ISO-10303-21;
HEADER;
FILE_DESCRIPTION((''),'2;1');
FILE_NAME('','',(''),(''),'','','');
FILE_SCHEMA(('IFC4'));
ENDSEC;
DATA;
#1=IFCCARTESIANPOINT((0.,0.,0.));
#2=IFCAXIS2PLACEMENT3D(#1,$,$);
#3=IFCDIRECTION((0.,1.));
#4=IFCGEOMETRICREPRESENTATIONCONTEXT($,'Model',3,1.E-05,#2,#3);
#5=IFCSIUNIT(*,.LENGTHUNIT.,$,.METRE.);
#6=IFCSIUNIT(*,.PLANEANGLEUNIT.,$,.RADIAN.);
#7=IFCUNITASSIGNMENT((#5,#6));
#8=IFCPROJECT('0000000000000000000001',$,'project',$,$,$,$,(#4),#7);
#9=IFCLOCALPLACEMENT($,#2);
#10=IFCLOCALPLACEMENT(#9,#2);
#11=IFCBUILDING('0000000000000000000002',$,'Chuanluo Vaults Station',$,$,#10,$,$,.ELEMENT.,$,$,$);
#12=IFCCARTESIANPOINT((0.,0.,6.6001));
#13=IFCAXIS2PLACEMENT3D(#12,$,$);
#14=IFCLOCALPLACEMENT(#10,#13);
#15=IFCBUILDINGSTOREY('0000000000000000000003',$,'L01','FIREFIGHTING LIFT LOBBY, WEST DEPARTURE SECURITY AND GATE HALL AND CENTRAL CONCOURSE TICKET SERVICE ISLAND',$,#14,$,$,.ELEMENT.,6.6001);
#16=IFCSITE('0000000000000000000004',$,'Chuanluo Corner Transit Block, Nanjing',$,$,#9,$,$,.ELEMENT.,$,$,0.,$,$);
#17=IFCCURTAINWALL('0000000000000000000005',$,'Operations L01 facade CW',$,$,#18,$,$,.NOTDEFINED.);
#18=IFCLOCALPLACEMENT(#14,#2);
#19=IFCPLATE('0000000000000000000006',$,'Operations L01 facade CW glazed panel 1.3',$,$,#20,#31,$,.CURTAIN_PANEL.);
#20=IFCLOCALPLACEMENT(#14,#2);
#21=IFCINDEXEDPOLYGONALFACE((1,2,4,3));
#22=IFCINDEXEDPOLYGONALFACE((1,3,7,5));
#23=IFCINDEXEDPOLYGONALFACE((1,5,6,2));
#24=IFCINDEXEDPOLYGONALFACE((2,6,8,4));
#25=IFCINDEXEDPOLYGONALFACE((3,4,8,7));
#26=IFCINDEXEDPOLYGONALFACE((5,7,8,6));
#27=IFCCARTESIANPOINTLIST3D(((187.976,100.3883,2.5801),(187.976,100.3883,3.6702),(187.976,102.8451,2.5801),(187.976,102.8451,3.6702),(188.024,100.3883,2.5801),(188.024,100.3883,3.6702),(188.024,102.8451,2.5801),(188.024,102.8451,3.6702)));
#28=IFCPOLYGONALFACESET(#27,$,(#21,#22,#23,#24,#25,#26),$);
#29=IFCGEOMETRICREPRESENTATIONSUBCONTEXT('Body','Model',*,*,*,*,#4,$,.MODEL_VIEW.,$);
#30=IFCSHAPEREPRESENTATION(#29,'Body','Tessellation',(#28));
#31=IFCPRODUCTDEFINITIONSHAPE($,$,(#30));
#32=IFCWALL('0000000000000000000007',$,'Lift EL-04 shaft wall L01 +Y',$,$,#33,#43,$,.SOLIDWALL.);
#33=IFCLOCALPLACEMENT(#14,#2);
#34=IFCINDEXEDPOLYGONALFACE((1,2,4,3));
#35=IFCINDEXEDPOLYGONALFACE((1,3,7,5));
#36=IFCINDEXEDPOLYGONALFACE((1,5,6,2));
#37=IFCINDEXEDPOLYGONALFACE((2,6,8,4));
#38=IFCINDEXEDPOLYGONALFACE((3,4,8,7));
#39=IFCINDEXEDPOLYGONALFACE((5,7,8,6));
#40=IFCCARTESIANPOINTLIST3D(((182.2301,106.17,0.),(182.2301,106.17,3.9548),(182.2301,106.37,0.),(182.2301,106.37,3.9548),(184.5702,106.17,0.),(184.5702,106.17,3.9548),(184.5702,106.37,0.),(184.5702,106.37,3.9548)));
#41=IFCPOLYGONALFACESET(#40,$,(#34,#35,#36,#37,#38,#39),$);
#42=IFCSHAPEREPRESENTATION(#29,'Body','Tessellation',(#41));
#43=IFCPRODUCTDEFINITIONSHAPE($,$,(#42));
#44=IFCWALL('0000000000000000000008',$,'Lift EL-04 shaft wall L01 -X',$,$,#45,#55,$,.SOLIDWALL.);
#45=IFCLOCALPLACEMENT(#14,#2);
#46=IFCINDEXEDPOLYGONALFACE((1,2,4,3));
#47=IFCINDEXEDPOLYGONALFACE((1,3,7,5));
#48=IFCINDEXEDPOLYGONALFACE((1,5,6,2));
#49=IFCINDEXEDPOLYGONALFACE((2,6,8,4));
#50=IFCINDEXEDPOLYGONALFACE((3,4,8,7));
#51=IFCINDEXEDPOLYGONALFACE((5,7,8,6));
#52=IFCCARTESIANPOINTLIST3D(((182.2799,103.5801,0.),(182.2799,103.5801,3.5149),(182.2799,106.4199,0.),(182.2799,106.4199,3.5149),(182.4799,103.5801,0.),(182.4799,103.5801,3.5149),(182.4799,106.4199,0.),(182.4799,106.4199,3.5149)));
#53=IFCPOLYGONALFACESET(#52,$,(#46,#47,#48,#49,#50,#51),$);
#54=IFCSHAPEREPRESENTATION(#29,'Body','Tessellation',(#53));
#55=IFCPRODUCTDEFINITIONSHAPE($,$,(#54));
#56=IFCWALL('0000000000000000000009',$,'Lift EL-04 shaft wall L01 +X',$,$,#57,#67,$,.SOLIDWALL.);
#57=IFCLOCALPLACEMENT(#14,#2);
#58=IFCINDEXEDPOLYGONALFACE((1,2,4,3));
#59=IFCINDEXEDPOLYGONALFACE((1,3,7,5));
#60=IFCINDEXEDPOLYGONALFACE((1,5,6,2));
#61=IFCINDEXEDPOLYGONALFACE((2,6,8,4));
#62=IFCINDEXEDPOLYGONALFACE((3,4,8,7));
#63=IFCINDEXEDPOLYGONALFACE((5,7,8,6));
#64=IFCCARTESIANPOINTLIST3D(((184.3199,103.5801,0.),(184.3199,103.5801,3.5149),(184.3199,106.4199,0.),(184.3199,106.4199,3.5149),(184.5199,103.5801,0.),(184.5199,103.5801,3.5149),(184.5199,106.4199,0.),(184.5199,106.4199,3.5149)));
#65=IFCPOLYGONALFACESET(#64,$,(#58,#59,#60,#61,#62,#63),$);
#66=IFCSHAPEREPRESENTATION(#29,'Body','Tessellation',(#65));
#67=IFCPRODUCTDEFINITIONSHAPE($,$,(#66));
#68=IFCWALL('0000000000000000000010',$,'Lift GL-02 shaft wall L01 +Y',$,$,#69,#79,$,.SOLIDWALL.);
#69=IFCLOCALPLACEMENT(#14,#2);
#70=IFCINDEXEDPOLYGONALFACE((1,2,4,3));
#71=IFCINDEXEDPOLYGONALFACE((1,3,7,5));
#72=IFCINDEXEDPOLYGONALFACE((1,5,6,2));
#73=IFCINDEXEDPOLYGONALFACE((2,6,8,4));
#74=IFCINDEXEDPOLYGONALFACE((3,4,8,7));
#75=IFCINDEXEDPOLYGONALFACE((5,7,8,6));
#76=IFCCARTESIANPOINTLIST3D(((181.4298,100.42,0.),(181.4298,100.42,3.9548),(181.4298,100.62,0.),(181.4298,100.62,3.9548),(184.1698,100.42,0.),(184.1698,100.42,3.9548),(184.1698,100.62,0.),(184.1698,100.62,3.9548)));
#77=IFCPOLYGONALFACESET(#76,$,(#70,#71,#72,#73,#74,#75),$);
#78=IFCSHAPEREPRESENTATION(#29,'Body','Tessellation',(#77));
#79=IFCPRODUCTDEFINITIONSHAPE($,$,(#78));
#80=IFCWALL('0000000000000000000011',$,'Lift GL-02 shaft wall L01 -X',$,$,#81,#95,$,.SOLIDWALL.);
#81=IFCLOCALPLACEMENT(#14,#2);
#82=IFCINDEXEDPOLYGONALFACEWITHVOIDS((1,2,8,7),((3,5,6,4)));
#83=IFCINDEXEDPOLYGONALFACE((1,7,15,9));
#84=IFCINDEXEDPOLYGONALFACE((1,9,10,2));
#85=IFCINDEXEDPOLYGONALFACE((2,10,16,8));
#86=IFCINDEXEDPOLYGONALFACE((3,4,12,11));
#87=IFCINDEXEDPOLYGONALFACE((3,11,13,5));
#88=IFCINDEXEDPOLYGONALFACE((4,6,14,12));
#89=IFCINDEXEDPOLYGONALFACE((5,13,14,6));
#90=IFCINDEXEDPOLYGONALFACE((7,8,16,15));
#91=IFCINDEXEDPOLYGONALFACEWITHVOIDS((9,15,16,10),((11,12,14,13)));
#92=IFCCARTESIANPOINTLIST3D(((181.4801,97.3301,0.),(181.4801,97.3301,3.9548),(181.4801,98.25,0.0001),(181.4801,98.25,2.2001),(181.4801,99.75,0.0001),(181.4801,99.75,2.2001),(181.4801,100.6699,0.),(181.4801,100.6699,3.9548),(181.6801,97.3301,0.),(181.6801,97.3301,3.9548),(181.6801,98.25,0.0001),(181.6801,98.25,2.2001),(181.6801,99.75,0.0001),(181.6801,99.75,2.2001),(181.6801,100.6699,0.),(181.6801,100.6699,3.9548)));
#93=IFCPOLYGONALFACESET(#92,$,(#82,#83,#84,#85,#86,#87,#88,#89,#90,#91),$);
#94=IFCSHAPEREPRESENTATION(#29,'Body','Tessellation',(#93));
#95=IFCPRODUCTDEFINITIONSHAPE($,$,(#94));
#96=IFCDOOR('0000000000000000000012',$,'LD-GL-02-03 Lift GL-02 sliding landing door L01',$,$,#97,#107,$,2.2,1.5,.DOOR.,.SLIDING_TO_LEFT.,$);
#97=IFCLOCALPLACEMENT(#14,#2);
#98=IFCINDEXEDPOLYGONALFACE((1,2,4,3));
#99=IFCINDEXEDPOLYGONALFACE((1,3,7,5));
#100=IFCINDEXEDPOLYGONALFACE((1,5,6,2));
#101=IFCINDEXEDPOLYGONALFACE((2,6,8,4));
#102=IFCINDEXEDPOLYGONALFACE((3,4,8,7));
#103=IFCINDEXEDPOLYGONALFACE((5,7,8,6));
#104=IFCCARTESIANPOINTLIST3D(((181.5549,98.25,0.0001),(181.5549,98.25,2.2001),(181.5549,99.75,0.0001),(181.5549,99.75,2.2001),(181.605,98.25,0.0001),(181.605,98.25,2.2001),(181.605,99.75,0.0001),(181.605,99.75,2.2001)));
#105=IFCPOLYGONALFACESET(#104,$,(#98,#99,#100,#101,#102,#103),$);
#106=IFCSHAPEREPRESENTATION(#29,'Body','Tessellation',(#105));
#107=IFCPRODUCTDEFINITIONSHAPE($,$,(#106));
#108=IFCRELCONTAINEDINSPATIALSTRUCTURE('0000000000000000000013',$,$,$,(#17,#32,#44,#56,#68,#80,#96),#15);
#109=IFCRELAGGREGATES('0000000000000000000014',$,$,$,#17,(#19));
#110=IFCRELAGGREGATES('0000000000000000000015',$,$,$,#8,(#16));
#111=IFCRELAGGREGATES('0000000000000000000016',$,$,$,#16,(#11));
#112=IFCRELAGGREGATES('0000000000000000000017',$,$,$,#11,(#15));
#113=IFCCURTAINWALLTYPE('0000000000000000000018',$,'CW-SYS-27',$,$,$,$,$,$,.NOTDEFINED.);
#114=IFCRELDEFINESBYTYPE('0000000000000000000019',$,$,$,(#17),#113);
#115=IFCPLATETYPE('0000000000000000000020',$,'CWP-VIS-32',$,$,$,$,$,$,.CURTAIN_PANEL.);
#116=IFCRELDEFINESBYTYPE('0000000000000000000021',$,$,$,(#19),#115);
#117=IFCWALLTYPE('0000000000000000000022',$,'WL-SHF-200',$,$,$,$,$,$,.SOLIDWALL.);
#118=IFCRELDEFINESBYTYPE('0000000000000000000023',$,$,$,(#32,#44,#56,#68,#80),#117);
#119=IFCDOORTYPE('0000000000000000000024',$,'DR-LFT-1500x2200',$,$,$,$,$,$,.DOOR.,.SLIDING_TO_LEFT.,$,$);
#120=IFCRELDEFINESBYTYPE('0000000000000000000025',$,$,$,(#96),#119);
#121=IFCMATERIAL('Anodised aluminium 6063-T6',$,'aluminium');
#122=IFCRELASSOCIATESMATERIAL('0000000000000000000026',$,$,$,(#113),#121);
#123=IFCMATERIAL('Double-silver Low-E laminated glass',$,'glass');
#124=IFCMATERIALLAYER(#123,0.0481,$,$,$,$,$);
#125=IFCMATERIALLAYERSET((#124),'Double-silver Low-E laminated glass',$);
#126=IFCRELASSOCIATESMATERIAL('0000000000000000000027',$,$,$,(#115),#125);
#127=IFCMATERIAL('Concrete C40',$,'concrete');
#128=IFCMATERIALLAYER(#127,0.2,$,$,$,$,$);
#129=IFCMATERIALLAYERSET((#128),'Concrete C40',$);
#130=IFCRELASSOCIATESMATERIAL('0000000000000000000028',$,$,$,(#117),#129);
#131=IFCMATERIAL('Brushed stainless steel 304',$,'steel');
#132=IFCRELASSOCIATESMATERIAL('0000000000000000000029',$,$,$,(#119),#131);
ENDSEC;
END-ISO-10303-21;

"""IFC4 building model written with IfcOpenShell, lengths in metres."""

from ifc_helpers import new_model, si_unit, direction, frame, frame_2d, origin, origin_2d, place, context, subcontext, project, spatial, rectangle, extrude, material, layer, layer_set, type_object, element, fill, aggregate, save


model = new_model("IFC4")

# Units and contexts
model_context = context("Model", 3, precision=1e-05, world=origin(), true_north=direction((0.0, 1.0)))
body_context = subcontext(model_context, "Body", "Model", "MODEL_VIEW")
ifc_project = project(units=[si_unit("LENGTHUNIT", "METRE"), si_unit("PLANEANGLEUNIT", "RADIAN")], contexts=[model_context])

# Site, building, storey
site_placement = place(None, origin())
site = spatial("IfcSite", under=ifc_project, at=site_placement, Name="Chuanluo Corner Transit Block, Nanjing", CompositionType="ELEMENT", RefElevation=0.0)
building_placement = place(site_placement, origin())
building = spatial("IfcBuilding", under=site, at=building_placement, Name="Chuanluo Vaults Station", CompositionType="ELEMENT")
storey_placement = place(building_placement, frame((0.0, 0.0, 6.6001)))
storey = spatial("IfcBuildingStorey", under=building, at=storey_placement, Name="L01", Description="FIREFIGHTING LIFT LOBBY, WEST DEPARTURE SECURITY AND GATE HALL AND CENTRAL CONCOURSE TICKET SERVICE ISLAND", CompositionType="ELEMENT", Elevation=6.6001)

# Curtain wall
ifc_material_1 = material(Name="Anodised aluminium 6063-T6", Category="aluminium")
curtain_wall_type_1 = type_object("IfcCurtainWallType", Name="CW-SYS-27", PredefinedType="NOTDEFINED", material=ifc_material_1)
curtain_wall_1_placement = place(storey_placement, origin())
curtain_wall_1 = element("IfcCurtainWall", 1, at=curtain_wall_1_placement, inside=storey, type_object=curtain_wall_type_1, Name="Operations L01 facade CW", PredefinedType="NOTDEFINED")

# Plate
ifc_material_2 = material(Name="Double-silver Low-E laminated glass", Category="glass")
ifc_layer_1 = layer(ifc_material_2, 0.0481)
ifc_layer_set_1 = layer_set([ifc_layer_1], Name="Double-silver Low-E laminated glass")
plate_type_1 = type_object("IfcPlateType", Name="CWP-VIS-32", PredefinedType="CURTAIN_PANEL", material=ifc_layer_set_1)
plate_1_placement = place(storey_placement, frame((188.0, 101.6167, 2.5801), z_axis=(0.0, 0.0, 1.0), x_axis=(0.0, -1.0, 0.0)))
plate_1 = element("IfcPlate", 2, at=plate_1_placement, type_object=plate_type_1, Name="Operations L01 facade CW glazed panel 1.3", PredefinedType="CURTAIN_PANEL", context=body_context, shape_type="SweptSolid", body=[
    extrude(rectangle(XDim=2.4568, YDim=0.0481, at=origin_2d()), origin(), (0.0, 0.0, 1.0), 1.0901),
])
aggregate(curtain_wall_1, [plate_1])

# Shared definitions
ifc_material_3 = material(Name="Concrete C40", Category="concrete")
ifc_layer_2 = layer(ifc_material_3, 0.2)
ifc_layer_set_2 = layer_set([ifc_layer_2], Name="Concrete C40")
wall_type = type_object("IfcWallType", Name="WL-SHF-200", PredefinedType="SOLIDWALL", material=ifc_layer_set_2)

# Walls
wall_1_placement = place(storey_placement, frame((184.5701, 106.27, 0.0), z_axis=(0.0, 0.0, 1.0), x_axis=(-1.0, 0.0, 0.0)))
element("IfcWall", 3, at=wall_1_placement, inside=storey, type_object=wall_type, Name="Lift EL-04 shaft wall L01 +Y", PredefinedType="SOLIDWALL", context=body_context, shape_type="SweptSolid", body=[
    extrude(rectangle(XDim=2.3401, YDim=0.2, at=frame_2d((1.1699, 0.0))), origin(), (0.0, 0.0, 1.0), 3.9548),
])
for number, where, z_axis, x_axis, name in (
    (4, (182.3799, 106.4199, 0.0), (0.0, 0.0, 1.0), (0.0, -1.0, 0.0), "Lift EL-04 shaft wall L01 -X"),
    (5, (184.4199, 103.5801, 0.0), (0.0, 0.0, 1.0), (0.0, 1.0, 0.0), "Lift EL-04 shaft wall L01 +X"),
):
    element("IfcWall", number, at=place(storey_placement, frame(where, z_axis=z_axis, x_axis=x_axis)), inside=storey, type_object=wall_type, Name=name, PredefinedType="SOLIDWALL", context=body_context, shape_type="SweptSolid", body=[
        extrude(rectangle(XDim=2.8398, YDim=0.2, at=frame_2d((1.4199, 0.0))), origin(), (0.0, 0.0, 1.0), 3.5149),
    ])
wall_2_placement = place(storey_placement, frame((184.1699, 100.52, 0.0), z_axis=(0.0, 0.0, 1.0), x_axis=(-1.0, 0.0, 0.0)))
element("IfcWall", 6, at=wall_2_placement, inside=storey, type_object=wall_type, Name="Lift GL-02 shaft wall L01 +Y", PredefinedType="SOLIDWALL", context=body_context, shape_type="SweptSolid", body=[
    extrude(rectangle(XDim=2.74, YDim=0.2, at=frame_2d((1.3701, 0.0))), origin(), (0.0, 0.0, 1.0), 3.9548),
])

# Wall, opening, door
wall_3_placement = place(storey_placement, frame((181.5801, 100.6699, 0.0), z_axis=(0.0, 0.0, 1.0), x_axis=(0.0, -1.0, 0.0)))
wall_3 = element("IfcWall", 7, at=wall_3_placement, inside=storey, type_object=wall_type, Name="Lift GL-02 shaft wall L01 -X", PredefinedType="SOLIDWALL", context=body_context, shape_type="SweptSolid", body=[
    extrude(rectangle(XDim=3.3398, YDim=0.2, at=frame_2d((1.6699, 0.0))), origin(), (0.0, 0.0, 1.0), 3.9548),
])
opening_1_placement = place(wall_3_placement, frame((0.9199, 0.0, 0.0)))
opening_1 = element("IfcOpeningElement", 8, at=opening_1_placement, cuts=wall_3, PredefinedType="OPENING", context=body_context, shape_type="SweptSolid", body=[
    extrude(rectangle(XDim=1.5, YDim=2.2, at=frame_2d((0.75, 1.1001))), frame((0.0, 0.1101, 0.0), z_axis=(0.0, -1.0, 0.0), x_axis=(1.0, 0.0, 0.0)), (0.0, 0.0, 1.0), 0.22),
])
ifc_material_4 = material(Name="Brushed stainless steel 304", Category="steel")
door_type_1 = type_object("IfcDoorType", Name="DR-LFT-1500x2200", OperationType="SLIDING_TO_LEFT", PredefinedType="DOOR", material=ifc_material_4)
door_1_placement = place(opening_1_placement, origin())
door_1 = element("IfcDoor", 9, at=door_1_placement, inside=storey, type_object=door_type_1, Name="LD-GL-02-03 Lift GL-02 sliding landing door L01", OperationType="SLIDING_TO_LEFT", OverallHeight=2.2, OverallWidth=1.5, PredefinedType="DOOR", context=body_context, shape_type="SweptSolid", body=[
    extrude(rectangle(XDim=1.5, YDim=2.2, at=frame_2d((0.75, 1.1001))), frame((0.0, 0.0249, 0.0), z_axis=(0.0, -1.0, 0.0), x_axis=(1.0, 0.0, 0.0)), (0.0, 0.0, 1.0), 0.05),
])
fill(opening_1, door_1)

save(model, "model.ifc")
